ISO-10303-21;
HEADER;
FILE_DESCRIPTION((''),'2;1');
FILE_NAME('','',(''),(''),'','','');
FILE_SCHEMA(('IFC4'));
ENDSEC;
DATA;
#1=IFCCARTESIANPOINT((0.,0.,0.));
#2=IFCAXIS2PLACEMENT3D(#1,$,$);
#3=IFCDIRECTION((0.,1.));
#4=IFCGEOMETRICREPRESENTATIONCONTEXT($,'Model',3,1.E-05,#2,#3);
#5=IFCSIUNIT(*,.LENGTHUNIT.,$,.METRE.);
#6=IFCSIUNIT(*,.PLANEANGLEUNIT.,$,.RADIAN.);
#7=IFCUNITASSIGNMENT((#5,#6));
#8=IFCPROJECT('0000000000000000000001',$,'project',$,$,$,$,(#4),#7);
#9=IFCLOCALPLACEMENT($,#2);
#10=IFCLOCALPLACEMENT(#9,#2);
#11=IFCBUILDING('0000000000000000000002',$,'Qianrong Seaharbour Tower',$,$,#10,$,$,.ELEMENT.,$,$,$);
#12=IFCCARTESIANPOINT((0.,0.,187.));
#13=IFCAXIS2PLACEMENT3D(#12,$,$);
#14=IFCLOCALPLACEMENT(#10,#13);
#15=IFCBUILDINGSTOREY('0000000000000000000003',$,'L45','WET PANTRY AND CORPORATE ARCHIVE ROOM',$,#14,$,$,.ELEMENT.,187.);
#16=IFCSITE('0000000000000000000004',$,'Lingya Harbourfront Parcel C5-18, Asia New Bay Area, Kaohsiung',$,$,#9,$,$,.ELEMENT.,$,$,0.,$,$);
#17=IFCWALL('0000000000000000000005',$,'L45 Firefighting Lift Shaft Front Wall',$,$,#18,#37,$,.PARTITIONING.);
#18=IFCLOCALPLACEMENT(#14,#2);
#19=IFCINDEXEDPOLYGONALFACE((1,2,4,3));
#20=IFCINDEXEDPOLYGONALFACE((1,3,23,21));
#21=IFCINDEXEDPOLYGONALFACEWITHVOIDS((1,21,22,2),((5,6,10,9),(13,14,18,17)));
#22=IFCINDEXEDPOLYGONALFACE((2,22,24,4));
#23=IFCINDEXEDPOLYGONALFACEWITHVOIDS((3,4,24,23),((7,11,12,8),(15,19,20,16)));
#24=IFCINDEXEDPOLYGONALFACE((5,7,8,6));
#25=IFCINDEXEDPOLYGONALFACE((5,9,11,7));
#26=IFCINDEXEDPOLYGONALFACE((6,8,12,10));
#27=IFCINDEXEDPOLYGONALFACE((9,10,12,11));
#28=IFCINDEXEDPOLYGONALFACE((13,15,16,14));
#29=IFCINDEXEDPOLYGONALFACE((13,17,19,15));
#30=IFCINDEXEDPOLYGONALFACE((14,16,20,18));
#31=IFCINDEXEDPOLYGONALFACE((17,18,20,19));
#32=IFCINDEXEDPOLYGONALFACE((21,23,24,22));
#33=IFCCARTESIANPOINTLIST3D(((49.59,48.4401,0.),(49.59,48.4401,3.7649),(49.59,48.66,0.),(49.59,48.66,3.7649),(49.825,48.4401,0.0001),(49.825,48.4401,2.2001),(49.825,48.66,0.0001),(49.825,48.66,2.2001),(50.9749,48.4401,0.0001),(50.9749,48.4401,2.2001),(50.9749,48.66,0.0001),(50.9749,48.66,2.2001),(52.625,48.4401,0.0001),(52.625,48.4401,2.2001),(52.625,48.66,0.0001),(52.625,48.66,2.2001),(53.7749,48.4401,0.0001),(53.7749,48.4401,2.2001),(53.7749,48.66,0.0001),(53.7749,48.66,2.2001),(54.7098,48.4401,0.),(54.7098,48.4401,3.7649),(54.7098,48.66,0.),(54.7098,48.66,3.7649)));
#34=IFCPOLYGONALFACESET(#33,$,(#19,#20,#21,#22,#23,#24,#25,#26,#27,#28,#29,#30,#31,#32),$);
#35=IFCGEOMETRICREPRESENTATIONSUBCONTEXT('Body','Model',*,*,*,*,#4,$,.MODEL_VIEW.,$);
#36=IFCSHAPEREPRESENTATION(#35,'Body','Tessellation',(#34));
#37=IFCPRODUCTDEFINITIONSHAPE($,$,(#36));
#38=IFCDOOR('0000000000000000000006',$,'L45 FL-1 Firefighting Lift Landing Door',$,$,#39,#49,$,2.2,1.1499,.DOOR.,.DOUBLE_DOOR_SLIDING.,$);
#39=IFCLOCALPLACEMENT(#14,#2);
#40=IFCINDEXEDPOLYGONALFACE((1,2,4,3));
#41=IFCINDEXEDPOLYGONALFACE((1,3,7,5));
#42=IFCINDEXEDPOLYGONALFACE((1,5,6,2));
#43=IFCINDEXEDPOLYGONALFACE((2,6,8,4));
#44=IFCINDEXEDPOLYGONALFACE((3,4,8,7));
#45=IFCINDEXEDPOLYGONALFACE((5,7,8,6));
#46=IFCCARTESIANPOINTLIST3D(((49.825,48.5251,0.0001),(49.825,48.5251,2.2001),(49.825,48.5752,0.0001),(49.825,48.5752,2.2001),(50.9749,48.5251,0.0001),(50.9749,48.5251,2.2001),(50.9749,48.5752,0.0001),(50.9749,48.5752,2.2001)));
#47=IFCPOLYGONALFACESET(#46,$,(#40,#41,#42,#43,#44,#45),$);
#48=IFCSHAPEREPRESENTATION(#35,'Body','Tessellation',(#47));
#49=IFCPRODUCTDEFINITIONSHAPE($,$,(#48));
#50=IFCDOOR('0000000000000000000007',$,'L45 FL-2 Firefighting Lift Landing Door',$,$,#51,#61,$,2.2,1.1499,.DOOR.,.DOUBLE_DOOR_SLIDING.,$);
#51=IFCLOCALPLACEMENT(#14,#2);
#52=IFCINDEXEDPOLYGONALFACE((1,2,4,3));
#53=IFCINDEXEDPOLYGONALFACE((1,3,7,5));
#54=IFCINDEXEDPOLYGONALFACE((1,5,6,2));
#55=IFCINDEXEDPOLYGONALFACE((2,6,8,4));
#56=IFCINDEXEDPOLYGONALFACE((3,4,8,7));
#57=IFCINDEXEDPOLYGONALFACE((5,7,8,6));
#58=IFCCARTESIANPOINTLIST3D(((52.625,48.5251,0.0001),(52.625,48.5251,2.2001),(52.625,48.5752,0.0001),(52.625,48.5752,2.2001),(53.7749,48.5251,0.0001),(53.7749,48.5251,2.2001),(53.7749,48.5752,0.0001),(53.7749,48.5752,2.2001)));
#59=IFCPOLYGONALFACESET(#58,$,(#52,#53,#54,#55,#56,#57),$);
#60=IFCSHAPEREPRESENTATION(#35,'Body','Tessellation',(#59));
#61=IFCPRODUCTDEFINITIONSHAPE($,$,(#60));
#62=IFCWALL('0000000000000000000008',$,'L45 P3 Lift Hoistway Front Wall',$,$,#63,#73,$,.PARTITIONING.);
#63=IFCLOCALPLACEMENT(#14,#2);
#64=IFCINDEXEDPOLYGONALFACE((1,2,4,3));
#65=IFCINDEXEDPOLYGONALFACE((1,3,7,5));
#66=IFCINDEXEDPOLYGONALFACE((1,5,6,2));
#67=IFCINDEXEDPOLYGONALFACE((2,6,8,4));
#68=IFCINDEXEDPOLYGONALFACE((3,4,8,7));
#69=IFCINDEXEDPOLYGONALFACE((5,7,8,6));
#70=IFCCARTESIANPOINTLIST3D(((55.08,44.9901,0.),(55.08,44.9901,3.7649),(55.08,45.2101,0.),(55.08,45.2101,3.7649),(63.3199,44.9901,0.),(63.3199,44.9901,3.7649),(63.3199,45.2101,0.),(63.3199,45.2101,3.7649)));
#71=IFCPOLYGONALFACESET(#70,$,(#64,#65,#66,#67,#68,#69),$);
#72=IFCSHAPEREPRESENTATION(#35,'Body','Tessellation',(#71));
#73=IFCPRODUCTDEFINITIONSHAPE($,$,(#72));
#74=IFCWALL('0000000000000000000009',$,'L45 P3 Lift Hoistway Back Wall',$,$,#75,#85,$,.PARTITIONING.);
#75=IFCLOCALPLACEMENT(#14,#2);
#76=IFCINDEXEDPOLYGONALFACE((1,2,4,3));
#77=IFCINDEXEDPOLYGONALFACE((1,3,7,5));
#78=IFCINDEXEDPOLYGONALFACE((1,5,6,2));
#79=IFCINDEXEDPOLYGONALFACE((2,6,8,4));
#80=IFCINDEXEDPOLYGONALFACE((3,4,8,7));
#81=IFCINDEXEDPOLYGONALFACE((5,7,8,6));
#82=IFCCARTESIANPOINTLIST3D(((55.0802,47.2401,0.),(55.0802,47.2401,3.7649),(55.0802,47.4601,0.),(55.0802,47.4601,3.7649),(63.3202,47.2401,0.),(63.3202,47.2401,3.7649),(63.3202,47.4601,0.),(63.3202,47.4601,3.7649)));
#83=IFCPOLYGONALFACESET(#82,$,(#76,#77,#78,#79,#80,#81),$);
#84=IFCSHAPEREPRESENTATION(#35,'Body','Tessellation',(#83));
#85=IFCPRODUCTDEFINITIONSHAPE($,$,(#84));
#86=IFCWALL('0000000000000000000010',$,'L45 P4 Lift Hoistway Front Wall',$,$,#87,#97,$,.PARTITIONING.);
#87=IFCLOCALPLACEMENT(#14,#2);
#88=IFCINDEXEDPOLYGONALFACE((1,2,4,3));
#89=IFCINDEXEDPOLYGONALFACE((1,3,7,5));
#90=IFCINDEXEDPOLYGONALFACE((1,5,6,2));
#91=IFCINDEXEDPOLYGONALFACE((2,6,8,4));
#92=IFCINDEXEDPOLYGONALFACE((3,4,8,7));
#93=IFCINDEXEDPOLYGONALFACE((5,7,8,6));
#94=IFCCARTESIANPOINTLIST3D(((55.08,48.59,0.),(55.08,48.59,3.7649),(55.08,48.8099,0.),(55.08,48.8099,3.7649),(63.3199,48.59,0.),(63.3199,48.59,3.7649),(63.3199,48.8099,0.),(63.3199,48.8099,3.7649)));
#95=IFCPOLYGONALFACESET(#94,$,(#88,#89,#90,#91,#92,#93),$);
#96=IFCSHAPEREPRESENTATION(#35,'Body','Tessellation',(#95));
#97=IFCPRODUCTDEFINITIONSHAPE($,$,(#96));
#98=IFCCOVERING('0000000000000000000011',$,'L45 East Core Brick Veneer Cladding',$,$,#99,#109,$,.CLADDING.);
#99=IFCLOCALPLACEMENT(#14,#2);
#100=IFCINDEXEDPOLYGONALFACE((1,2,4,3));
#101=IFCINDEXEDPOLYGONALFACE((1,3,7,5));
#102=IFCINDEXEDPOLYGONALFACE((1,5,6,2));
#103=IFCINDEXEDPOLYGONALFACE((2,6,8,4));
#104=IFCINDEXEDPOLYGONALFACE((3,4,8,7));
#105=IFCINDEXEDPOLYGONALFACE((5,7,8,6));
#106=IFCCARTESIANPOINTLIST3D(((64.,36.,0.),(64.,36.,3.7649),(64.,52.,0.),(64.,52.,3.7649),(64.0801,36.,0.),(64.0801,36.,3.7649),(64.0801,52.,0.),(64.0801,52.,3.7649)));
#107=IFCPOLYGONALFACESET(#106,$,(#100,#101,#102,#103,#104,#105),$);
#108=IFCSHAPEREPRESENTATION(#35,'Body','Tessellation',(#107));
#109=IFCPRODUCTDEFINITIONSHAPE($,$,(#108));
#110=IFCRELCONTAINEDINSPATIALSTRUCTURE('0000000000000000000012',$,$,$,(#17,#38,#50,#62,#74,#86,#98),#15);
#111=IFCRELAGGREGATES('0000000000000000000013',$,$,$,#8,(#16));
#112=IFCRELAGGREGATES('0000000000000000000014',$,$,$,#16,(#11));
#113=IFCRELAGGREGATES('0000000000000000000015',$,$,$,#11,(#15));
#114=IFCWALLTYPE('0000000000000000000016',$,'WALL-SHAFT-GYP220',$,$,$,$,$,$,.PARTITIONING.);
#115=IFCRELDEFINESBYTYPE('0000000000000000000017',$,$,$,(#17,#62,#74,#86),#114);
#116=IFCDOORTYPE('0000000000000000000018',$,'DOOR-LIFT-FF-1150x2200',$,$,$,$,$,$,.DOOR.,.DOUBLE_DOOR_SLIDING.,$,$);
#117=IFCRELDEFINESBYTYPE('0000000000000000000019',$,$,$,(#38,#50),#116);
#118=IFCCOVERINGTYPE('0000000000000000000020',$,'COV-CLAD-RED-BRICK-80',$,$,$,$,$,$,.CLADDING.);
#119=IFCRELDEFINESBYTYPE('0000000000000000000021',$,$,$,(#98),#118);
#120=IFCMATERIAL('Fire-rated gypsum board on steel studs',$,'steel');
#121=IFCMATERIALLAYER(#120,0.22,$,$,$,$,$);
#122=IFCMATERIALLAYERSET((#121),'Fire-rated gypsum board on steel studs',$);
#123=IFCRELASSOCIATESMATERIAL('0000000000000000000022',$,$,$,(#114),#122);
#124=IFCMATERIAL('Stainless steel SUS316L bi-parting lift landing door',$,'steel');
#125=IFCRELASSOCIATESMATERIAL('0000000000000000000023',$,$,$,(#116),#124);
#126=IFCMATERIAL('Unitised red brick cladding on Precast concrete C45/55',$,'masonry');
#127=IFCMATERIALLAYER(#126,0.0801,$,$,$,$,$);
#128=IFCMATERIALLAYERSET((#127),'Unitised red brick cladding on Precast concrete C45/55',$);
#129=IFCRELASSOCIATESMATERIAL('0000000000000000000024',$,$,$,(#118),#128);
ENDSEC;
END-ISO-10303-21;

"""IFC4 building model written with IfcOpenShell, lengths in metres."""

from ifc_helpers import new_model, si_unit, direction, frame, frame_2d, origin, origin_2d, place, context, subcontext, project, spatial, rectangle, extrude, material, layer, layer_set, type_object, element, fill, save


model = new_model("IFC4")

# Units and contexts
model_context = context("Model", 3, precision=1e-05, world=origin(), true_north=direction((0.0, 1.0)))
body_context = subcontext(model_context, "Body", "Model", "MODEL_VIEW")
ifc_project = project(units=[si_unit("LENGTHUNIT", "METRE"), si_unit("PLANEANGLEUNIT", "RADIAN")], contexts=[model_context])

# Site, building, storey
site_placement = place(None, origin())
site = spatial("IfcSite", under=ifc_project, at=site_placement, Name="Lingya Harbourfront Parcel C5-18, Asia New Bay Area, Kaohsiung", CompositionType="ELEMENT", RefElevation=0.0)
building_placement = place(site_placement, origin())
building = spatial("IfcBuilding", under=site, at=building_placement, Name="Qianrong Seaharbour Tower", CompositionType="ELEMENT")
storey_placement = place(building_placement, frame((0.0, 0.0, 187.0)))
storey = spatial("IfcBuildingStorey", under=building, at=storey_placement, Name="L45", Description="WET PANTRY AND CORPORATE ARCHIVE ROOM", CompositionType="ELEMENT", Elevation=187.0)

# Shared definitions
ifc_material_1 = material(Name="Fire-rated gypsum board on steel studs", Category="steel")

# Wall, openings, doors
ifc_layer_1 = layer(ifc_material_1, 0.22)
ifc_layer_set_1 = layer_set([ifc_layer_1], Name="Fire-rated gypsum board on steel studs")
wall_type_1 = type_object("IfcWallType", Name="WALL-SHAFT-GYP220", PredefinedType="PARTITIONING", material=ifc_layer_set_1)
wall_1_placement = place(storey_placement, frame((54.71, 48.55, 0.0), z_axis=(0.0, 0.0, 1.0), x_axis=(-1.0, 0.0, 0.0)))
wall_1 = element("IfcWall", 1, at=wall_1_placement, inside=storey, type_object=wall_type_1, Name="L45 Firefighting Lift Shaft Front Wall", PredefinedType="PARTITIONING", context=body_context, shape_type="SweptSolid", body=[
    extrude(rectangle(XDim=5.1199, YDim=0.22, at=frame_2d((2.5601, 0.0))), origin(), (0.0, 0.0, 1.0), 3.7649),
])
opening_1_placement = place(wall_1_placement, frame((3.7351, 0.0, 0.0)))
opening_1 = element("IfcOpeningElement", 2, at=opening_1_placement, cuts=wall_1, PredefinedType="OPENING", context=body_context, shape_type="SweptSolid", body=[
    extrude(rectangle(XDim=1.1499, YDim=2.2, at=frame_2d((0.575, 1.1001))), frame((0.0, 0.1201, 0.0), z_axis=(0.0, -1.0, 0.0), x_axis=(1.0, 0.0, 0.0)), (0.0, 0.0, 1.0), 0.24),
])
opening_2_placement = place(wall_1_placement, frame((0.9351, 0.0, 0.0)))
opening_2 = element("IfcOpeningElement", 3, at=opening_2_placement, cuts=wall_1, PredefinedType="OPENING", context=body_context, shape_type="SweptSolid", body=[
    extrude(rectangle(XDim=1.1499, YDim=2.2, at=frame_2d((0.575, 1.1001))), frame((0.0, 0.1201, 0.0), z_axis=(0.0, -1.0, 0.0), x_axis=(1.0, 0.0, 0.0)), (0.0, 0.0, 1.0), 0.24),
])
ifc_material_2 = material(Name="Stainless steel SUS316L bi-parting lift landing door", Category="steel")
door_type_1 = type_object("IfcDoorType", Name="DOOR-LIFT-FF-1150x2200", OperationType="DOUBLE_DOOR_SLIDING", PredefinedType="DOOR", material=ifc_material_2)
door_1_placement = place(opening_1_placement, origin())
door_1 = element("IfcDoor", 4, at=door_1_placement, inside=storey, type_object=door_type_1, Name="L45 FL-1 Firefighting Lift Landing Door", OperationType="DOUBLE_DOOR_SLIDING", OverallHeight=2.2, OverallWidth=1.1499, PredefinedType="DOOR", context=body_context, shape_type="SweptSolid", body=[
    extrude(rectangle(XDim=1.1499, YDim=2.2, at=frame_2d((0.575, 1.1001))), frame((0.0, 0.0249, 0.0), z_axis=(0.0, -1.0, 0.0), x_axis=(1.0, 0.0, 0.0)), (0.0, 0.0, 1.0), 0.05),
])
fill(opening_1, door_1)
door_2_placement = place(opening_2_placement, origin())
door_2 = element("IfcDoor", 5, at=door_2_placement, inside=storey, type_object=door_type_1, Name="L45 FL-2 Firefighting Lift Landing Door", OperationType="DOUBLE_DOOR_SLIDING", OverallHeight=2.2, OverallWidth=1.1499, PredefinedType="DOOR", context=body_context, shape_type="SweptSolid", body=[
    extrude(rectangle(XDim=1.1499, YDim=2.2, at=frame_2d((0.575, 1.1001))), frame((0.0, 0.0249, 0.0), z_axis=(0.0, -1.0, 0.0), x_axis=(1.0, 0.0, 0.0)), (0.0, 0.0, 1.0), 0.05),
])
fill(opening_2, door_2)

# Walls
for number, where, z_axis, x_axis, name in (
    (6, (63.3201, 45.1001, 0.0), (0.0, 0.0, 1.0), (-1.0, 0.0, 0.0), "L45 P3 Lift Hoistway Front Wall"),
    (7, (55.0801, 47.3501, 0.0), (0.0, 0.0, 1.0), (1.0, 0.0, 0.0), "L45 P3 Lift Hoistway Back Wall"),
    (8, (63.3201, 48.7, 0.0), (0.0, 0.0, 1.0), (-1.0, 0.0, 0.0), "L45 P4 Lift Hoistway Front Wall"),
):
    element("IfcWall", number, at=place(storey_placement, frame(where, z_axis=z_axis, x_axis=x_axis)), inside=storey, type_object=wall_type_1, Name=name, PredefinedType="PARTITIONING", context=body_context, shape_type="SweptSolid", body=[
        extrude(rectangle(XDim=8.24, YDim=0.22, at=frame_2d((4.1201, 0.0))), origin(), (0.0, 0.0, 1.0), 3.7649),
    ])

# Covering
ifc_material_3 = material(Name="Unitised red brick cladding on Precast concrete C45/55", Category="masonry")
ifc_layer_2 = layer(ifc_material_3, 0.0801)
ifc_layer_set_2 = layer_set([ifc_layer_2], Name="Unitised red brick cladding on Precast concrete C45/55")
covering_type = type_object("IfcCoveringType", Name="COV-CLAD-RED-BRICK-80", PredefinedType="CLADDING", material=ifc_layer_set_2)
covering_placement = place(storey_placement, frame((64.04, 44.0, 0.0), z_axis=(0.0, 0.0, 1.0), x_axis=(1.0, 0.0, 0.0)))
element("IfcCovering", 9, at=covering_placement, inside=storey, type_object=covering_type, Name="L45 East Core Brick Veneer Cladding", PredefinedType="CLADDING", context=body_context, shape_type="SweptSolid", body=[
    extrude(rectangle(XDim=0.0801, YDim=16.0, at=origin_2d()), origin(), (0.0, 0.0, 1.0), 3.7649),
])

save(model, "model.ifc")
